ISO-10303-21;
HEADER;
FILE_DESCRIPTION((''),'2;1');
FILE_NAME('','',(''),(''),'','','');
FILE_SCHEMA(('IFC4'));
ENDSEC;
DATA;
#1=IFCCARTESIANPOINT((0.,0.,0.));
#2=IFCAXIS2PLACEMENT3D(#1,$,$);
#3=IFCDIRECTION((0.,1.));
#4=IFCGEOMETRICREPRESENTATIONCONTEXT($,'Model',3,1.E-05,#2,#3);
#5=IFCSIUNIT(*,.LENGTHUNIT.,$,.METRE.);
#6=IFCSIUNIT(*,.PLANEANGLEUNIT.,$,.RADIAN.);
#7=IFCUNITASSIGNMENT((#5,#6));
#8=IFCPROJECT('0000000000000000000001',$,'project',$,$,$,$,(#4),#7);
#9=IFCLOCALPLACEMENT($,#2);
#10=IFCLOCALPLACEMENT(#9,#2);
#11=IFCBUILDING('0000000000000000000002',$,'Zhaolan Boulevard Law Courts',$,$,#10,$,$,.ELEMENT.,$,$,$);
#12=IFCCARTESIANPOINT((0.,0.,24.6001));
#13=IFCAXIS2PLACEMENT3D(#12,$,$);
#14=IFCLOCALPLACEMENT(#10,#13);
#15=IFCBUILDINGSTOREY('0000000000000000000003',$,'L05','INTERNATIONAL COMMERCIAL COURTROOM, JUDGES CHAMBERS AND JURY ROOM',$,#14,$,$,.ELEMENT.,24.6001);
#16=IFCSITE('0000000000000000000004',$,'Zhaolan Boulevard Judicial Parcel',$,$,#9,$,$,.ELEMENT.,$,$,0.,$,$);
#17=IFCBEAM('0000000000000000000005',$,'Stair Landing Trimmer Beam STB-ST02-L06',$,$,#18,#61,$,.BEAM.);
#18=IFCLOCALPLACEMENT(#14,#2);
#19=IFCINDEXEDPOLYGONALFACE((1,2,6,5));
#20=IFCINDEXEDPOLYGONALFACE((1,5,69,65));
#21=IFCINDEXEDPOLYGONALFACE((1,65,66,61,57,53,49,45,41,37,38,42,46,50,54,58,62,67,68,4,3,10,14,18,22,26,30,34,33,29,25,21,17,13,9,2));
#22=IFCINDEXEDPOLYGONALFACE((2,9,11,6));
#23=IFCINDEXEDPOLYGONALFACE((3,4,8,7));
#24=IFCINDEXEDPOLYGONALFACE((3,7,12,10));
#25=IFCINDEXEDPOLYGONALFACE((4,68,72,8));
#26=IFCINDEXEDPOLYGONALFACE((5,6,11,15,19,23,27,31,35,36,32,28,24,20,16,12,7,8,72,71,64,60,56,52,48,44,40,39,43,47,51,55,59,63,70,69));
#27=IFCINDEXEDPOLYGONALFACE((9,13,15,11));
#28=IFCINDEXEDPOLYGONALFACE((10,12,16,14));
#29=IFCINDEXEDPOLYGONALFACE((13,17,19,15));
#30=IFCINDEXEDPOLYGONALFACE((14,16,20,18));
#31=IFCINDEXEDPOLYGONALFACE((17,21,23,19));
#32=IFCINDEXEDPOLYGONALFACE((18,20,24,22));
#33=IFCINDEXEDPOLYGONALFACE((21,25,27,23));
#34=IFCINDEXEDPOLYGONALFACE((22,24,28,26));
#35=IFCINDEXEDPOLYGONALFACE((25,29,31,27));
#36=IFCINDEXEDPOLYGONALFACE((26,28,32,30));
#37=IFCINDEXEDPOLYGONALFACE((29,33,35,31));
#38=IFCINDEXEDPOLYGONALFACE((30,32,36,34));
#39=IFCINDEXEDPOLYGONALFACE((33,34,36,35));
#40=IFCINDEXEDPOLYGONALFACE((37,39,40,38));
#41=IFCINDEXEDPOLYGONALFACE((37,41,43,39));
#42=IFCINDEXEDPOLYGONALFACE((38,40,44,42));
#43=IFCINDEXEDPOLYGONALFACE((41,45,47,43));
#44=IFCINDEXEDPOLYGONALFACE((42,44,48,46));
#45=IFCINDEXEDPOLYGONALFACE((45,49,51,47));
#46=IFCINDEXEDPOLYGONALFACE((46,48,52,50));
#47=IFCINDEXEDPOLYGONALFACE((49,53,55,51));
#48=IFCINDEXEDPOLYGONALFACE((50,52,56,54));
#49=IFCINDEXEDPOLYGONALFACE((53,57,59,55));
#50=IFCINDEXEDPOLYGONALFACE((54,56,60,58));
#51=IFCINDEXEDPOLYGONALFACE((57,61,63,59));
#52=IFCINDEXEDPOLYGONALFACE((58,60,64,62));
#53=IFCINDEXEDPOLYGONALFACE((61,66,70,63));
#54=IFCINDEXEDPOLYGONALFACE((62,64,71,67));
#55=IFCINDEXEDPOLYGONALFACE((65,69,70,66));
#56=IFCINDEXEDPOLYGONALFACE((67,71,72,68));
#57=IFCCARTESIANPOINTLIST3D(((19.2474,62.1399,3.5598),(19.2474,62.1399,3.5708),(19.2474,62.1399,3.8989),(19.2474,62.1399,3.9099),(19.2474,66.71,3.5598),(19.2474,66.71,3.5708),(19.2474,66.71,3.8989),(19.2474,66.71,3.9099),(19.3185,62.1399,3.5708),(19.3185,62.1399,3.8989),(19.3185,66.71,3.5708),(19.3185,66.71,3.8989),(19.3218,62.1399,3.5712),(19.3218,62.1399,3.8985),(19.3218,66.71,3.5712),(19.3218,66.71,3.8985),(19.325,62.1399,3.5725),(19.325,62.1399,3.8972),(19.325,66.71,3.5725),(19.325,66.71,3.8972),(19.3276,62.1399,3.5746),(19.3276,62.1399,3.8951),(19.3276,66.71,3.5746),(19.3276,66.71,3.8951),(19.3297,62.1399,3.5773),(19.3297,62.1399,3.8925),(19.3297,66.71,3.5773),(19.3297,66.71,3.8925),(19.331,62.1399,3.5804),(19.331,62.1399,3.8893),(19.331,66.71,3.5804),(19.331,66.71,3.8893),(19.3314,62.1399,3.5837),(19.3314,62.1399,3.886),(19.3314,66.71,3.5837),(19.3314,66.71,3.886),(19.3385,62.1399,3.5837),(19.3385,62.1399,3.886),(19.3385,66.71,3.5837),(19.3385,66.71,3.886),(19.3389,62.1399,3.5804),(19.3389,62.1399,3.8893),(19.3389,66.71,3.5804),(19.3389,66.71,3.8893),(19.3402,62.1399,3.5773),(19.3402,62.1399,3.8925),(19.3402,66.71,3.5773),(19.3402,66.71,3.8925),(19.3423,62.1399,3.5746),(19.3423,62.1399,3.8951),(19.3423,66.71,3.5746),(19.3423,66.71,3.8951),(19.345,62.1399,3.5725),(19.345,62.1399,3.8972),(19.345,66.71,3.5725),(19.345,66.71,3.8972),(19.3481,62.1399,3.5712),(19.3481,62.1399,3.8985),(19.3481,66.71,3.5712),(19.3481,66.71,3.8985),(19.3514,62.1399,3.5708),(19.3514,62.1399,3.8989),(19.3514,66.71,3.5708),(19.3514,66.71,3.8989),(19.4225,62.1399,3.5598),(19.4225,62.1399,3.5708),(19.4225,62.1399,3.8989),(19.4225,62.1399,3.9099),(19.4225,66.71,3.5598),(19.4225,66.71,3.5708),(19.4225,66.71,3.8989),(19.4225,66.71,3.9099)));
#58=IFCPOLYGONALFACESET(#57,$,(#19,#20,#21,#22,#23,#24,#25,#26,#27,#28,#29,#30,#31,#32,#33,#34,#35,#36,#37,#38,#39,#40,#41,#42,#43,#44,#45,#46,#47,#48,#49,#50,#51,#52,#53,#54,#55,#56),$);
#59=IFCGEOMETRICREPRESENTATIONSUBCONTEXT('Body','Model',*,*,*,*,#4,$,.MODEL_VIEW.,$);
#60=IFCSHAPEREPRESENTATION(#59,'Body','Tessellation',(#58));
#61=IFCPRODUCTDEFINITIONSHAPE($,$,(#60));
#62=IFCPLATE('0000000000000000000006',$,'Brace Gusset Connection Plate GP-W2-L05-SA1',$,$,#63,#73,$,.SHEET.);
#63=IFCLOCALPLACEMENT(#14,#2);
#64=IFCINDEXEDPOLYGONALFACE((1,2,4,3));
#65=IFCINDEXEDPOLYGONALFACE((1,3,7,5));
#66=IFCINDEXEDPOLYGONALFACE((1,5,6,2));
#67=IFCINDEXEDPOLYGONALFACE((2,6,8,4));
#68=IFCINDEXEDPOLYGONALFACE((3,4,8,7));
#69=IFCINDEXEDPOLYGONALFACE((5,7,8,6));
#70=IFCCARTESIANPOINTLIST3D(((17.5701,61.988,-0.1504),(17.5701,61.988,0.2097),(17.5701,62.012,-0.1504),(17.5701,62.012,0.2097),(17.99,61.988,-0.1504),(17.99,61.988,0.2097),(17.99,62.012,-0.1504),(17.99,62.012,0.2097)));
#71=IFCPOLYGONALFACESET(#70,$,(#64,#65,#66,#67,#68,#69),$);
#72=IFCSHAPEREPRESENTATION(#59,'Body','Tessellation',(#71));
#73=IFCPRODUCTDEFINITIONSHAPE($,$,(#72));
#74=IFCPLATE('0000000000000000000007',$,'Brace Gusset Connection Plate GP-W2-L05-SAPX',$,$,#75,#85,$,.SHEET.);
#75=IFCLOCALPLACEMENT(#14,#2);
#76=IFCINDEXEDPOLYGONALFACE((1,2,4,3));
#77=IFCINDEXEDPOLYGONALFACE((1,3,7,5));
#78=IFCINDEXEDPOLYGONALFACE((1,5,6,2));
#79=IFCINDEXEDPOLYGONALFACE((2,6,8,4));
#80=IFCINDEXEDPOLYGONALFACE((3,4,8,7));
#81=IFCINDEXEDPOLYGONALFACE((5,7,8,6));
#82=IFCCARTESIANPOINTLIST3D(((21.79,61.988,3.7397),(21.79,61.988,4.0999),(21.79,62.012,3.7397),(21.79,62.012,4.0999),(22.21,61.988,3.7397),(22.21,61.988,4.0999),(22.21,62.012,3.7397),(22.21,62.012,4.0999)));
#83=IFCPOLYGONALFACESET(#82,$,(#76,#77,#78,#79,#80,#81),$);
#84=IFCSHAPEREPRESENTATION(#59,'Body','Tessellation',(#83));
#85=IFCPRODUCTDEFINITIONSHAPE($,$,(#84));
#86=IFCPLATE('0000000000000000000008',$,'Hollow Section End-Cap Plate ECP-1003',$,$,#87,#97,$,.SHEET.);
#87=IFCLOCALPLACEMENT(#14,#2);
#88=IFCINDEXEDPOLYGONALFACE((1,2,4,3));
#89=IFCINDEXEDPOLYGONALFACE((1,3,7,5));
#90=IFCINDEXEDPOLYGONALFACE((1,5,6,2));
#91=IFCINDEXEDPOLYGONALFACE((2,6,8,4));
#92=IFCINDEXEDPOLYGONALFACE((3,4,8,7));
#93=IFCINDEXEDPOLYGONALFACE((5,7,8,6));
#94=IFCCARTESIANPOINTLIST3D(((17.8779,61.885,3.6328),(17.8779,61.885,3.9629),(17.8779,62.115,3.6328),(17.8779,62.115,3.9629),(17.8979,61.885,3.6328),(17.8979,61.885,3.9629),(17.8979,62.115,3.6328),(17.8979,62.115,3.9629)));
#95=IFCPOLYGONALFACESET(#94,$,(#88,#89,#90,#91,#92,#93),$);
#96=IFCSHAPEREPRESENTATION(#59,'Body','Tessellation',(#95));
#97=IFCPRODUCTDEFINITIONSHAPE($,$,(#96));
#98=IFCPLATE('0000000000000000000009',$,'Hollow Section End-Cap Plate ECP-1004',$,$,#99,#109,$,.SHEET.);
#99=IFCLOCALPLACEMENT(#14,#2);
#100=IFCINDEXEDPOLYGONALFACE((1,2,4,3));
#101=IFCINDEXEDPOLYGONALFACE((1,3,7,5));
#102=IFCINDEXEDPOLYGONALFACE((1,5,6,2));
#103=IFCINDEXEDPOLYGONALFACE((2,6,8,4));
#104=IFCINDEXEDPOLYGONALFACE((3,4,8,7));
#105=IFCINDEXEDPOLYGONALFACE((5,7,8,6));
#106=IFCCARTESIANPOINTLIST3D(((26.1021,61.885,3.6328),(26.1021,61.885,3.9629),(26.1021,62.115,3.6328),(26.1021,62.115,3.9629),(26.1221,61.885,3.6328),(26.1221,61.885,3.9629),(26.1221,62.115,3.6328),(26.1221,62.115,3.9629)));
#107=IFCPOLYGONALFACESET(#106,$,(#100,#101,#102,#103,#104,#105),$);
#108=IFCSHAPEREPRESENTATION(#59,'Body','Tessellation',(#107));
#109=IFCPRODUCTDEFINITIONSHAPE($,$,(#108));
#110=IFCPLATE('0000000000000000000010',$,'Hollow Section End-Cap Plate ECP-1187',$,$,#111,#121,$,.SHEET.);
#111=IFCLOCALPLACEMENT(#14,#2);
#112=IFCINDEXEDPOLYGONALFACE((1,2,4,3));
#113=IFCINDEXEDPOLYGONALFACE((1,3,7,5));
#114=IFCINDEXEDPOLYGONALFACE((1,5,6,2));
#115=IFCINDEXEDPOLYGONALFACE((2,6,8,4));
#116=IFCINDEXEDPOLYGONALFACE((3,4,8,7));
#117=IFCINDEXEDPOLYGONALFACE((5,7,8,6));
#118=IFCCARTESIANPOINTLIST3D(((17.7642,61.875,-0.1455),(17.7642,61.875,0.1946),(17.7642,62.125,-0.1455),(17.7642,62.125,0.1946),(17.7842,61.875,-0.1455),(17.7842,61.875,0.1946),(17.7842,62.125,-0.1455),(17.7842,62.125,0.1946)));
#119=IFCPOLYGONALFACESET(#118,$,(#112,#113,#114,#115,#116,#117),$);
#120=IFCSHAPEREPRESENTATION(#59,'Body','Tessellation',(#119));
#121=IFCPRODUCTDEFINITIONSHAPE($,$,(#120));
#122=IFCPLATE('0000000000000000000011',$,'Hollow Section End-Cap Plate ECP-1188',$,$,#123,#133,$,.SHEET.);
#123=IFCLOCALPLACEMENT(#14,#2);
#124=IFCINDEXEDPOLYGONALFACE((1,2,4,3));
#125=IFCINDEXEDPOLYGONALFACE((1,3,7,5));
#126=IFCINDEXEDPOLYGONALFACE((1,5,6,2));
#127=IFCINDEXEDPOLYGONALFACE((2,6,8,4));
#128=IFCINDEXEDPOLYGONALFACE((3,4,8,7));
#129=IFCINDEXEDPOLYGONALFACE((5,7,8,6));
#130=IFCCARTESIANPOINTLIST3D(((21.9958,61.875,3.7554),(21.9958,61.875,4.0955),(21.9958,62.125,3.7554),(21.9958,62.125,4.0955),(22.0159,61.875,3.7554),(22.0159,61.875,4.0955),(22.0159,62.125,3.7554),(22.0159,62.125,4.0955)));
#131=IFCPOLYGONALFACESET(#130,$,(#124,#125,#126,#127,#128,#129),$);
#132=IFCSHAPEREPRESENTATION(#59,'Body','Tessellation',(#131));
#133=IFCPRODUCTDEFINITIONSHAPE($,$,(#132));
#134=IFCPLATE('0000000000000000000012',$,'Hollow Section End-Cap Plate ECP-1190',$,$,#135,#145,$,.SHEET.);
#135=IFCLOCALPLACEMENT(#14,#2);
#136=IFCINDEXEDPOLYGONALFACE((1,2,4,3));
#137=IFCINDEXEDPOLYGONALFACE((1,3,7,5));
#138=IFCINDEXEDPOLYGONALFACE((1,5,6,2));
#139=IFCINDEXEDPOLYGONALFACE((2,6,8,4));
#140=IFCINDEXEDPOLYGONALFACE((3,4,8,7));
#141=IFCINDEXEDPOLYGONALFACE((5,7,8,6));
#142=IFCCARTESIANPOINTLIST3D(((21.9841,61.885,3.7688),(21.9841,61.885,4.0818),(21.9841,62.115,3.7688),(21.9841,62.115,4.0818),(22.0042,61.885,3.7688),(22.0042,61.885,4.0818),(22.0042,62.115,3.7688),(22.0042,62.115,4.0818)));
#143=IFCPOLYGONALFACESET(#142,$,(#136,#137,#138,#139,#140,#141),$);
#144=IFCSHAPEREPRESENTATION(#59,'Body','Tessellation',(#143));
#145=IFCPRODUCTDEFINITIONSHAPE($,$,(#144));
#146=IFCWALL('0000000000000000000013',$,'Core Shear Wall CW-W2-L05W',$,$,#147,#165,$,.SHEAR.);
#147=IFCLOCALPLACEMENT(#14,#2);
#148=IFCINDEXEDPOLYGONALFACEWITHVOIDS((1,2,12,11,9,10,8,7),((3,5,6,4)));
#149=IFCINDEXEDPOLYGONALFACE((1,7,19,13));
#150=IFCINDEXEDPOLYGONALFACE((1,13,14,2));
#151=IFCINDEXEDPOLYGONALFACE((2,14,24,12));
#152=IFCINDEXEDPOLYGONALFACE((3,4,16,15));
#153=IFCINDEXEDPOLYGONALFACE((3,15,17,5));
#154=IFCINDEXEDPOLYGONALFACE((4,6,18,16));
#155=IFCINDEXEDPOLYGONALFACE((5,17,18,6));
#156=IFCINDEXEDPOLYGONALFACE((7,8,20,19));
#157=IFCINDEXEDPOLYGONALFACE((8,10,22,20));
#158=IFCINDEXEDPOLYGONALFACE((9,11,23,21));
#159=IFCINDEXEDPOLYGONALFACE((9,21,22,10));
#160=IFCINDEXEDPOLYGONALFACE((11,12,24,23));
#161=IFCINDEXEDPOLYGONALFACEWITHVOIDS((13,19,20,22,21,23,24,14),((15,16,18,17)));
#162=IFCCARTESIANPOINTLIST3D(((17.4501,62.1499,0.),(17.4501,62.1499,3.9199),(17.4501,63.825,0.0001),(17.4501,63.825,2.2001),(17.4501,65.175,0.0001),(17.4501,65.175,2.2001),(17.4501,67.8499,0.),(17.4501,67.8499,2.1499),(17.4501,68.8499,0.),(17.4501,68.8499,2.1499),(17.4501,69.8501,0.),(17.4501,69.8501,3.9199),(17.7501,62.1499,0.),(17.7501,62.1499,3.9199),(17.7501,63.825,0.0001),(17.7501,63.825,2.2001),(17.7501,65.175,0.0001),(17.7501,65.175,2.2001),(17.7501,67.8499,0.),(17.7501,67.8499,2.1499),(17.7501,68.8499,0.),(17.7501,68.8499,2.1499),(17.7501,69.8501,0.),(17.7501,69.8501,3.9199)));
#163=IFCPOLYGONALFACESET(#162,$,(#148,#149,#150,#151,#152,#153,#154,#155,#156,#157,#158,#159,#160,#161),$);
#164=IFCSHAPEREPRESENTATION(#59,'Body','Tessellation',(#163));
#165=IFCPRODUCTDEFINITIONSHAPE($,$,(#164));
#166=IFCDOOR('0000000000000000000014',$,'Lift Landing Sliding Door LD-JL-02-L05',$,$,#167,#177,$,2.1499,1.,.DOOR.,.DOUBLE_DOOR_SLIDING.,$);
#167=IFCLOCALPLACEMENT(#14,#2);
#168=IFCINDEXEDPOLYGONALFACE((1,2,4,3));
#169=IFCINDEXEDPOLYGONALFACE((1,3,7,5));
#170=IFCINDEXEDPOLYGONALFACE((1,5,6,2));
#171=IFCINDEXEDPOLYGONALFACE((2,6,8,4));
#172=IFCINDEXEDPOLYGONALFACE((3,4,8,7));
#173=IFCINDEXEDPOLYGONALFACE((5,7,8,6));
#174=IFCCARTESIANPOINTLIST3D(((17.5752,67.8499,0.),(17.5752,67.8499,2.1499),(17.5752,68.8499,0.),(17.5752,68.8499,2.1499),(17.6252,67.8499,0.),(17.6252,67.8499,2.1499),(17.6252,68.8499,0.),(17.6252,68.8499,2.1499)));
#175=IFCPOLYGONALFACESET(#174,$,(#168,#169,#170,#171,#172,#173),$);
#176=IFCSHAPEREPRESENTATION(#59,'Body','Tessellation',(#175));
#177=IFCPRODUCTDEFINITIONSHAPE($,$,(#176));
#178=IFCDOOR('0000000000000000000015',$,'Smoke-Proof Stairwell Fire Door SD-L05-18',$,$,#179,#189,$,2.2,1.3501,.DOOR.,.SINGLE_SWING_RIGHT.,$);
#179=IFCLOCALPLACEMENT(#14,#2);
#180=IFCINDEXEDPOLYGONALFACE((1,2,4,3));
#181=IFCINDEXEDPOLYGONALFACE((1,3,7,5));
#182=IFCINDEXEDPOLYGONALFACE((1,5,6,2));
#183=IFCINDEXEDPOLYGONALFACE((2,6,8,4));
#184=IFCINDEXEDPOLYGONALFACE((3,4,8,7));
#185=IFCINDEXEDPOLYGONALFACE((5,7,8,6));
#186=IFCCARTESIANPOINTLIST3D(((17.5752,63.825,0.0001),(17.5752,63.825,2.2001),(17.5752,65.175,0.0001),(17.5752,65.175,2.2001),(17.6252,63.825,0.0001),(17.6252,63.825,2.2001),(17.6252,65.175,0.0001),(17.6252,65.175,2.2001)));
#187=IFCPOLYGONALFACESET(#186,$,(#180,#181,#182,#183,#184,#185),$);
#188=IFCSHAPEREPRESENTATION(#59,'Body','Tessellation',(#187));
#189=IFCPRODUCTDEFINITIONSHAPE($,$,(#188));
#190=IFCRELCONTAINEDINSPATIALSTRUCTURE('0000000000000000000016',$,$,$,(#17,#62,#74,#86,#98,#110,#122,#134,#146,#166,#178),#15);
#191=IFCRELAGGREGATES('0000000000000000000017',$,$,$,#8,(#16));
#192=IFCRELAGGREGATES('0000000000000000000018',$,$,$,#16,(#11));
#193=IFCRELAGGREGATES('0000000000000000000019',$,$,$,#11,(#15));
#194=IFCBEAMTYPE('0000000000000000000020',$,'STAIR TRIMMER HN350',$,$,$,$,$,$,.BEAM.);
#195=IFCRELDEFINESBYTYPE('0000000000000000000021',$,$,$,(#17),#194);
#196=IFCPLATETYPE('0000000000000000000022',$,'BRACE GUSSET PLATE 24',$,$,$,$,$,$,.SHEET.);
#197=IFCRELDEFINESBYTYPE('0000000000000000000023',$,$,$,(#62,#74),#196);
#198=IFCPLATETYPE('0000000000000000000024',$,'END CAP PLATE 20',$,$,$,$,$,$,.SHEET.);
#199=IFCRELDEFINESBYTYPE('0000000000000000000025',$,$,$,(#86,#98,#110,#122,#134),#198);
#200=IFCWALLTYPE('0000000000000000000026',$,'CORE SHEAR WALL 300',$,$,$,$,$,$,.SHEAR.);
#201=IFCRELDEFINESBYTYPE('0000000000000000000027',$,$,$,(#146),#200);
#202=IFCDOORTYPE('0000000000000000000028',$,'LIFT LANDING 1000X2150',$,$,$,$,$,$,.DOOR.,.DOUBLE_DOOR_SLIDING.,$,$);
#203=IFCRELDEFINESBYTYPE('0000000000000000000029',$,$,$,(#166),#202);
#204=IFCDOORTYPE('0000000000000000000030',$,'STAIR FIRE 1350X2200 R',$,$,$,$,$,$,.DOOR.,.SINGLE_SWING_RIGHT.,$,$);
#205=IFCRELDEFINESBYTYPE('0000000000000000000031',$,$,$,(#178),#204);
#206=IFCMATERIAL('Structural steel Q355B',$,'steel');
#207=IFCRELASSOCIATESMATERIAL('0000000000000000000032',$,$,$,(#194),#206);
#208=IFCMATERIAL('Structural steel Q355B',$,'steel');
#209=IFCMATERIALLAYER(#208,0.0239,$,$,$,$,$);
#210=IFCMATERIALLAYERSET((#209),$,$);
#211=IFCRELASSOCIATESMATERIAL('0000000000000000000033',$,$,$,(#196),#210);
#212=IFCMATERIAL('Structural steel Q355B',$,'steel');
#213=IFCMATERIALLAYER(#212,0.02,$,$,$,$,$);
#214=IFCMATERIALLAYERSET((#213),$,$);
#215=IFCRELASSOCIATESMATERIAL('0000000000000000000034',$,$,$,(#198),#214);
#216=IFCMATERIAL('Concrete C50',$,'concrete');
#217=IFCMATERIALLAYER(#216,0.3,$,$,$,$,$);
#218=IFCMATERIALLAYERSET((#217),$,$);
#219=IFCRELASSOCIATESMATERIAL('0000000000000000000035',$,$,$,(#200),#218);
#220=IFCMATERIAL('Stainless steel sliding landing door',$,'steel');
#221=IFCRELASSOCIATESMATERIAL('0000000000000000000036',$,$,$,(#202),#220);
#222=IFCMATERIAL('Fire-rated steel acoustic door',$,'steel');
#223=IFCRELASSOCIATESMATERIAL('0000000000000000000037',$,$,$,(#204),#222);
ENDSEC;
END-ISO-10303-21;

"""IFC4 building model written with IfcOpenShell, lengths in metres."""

from ifc_helpers import new_model, si_unit, direction, frame, frame_2d, origin, origin_2d, place, context, subcontext, project, spatial, rectangle, i_section, extrude, material, layer, layer_set, material_profile, profile_set, type_object, element, fill, save


model = new_model("IFC4")

# Units and contexts
model_context = context("Model", 3, precision=1e-05, world=origin(), true_north=direction((0.0, 1.0)))
body_context = subcontext(model_context, "Body", "Model", "MODEL_VIEW")
ifc_project = project(units=[si_unit("LENGTHUNIT", "METRE"), si_unit("PLANEANGLEUNIT", "RADIAN")], contexts=[model_context])

# Site, building, storey
site_placement = place(None, origin())
site = spatial("IfcSite", under=ifc_project, at=site_placement, Name="Zhaolan Boulevard Judicial Parcel", CompositionType="ELEMENT", RefElevation=0.0)
building_placement = place(site_placement, origin())
building = spatial("IfcBuilding", under=site, at=building_placement, Name="Zhaolan Boulevard Law Courts", CompositionType="ELEMENT")
storey_placement = place(building_placement, frame((0.0, 0.0, 24.6001)))
storey = spatial("IfcBuildingStorey", under=building, at=storey_placement, Name="L05", Description="INTERNATIONAL COMMERCIAL COURTROOM, JUDGES CHAMBERS AND JURY ROOM", CompositionType="ELEMENT", Elevation=24.6001)

# Beam
ifc_material_1 = material(Name="Structural steel Q355B", Category="steel")
ifc_material_profile_1 = material_profile(ifc_material_1, i_section(OverallWidth=0.175, OverallDepth=0.3501, WebThickness=0.0071, FlangeThickness=0.011, FilletRadius=0.0129, at=origin_2d()), Name="HN350x175")
ifc_profile_set_1 = profile_set([ifc_material_profile_1], Name="Structural steel Q355B")
beam_type_1 = type_object("IfcBeamType", Name="STAIR TRIMMER HN350", PredefinedType="BEAM", material=ifc_profile_set_1)
beam_1_placement = place(storey_placement, frame((19.335, 62.1399, 3.7349), z_axis=(0.0, 1.0, 0.0), x_axis=(-1.0, 0.0, 0.0)))
element("IfcBeam", 1, at=beam_1_placement, inside=storey, type_object=beam_type_1, Name="Stair Landing Trimmer Beam STB-ST02-L06", PredefinedType="BEAM", context=body_context, shape_type="SweptSolid", body=[
    extrude(i_section(OverallWidth=0.175, OverallDepth=0.3501, WebThickness=0.0071, FlangeThickness=0.011, FilletRadius=0.0129, at=origin_2d()), origin(), (0.0, 0.0, 1.0), 4.5701),
])

# Plates
ifc_material_2 = material(Name="Structural steel Q355B", Category="steel")
ifc_layer_1 = layer(ifc_material_2, 0.0239)
ifc_layer_set_1 = layer_set([ifc_layer_1])
plate_type_1 = type_object("IfcPlateType", Name="BRACE GUSSET PLATE 24", PredefinedType="SHEET", material=ifc_layer_set_1)
for number, where, z_axis, x_axis, name in (
    (2, (17.78, 62.0, -0.1504), (0.0, 0.0, 1.0), (1.0, 0.0, 0.0), "Brace Gusset Connection Plate GP-W2-L05-SA1"),
    (3, (22.0, 62.0, 3.7397), (0.0, 0.0, 1.0), (1.0, 0.0, 0.0), "Brace Gusset Connection Plate GP-W2-L05-SAPX"),
):
    element("IfcPlate", number, at=place(storey_placement, frame(where, z_axis=z_axis, x_axis=x_axis)), inside=storey, type_object=plate_type_1, Name=name, PredefinedType="SHEET", context=body_context, shape_type="SweptSolid", body=[
        extrude(rectangle(XDim=0.4199, YDim=0.0239, at=origin_2d()), origin(), (0.0, 0.0, 1.0), 0.3601),
    ])
ifc_material_3 = material(Name="Structural steel Q355B", Category="steel")
ifc_layer_2 = layer(ifc_material_3, 0.02)
ifc_layer_set_2 = layer_set([ifc_layer_2])
plate_type_2 = type_object("IfcPlateType", Name="END CAP PLATE 20", PredefinedType="SHEET", material=ifc_layer_set_2)
for number, where, z_axis, x_axis, name in (
    (4, (17.8879, 62.0, 3.6328), (0.0, 0.0, 1.0), (1.0, 0.0, 0.0), "Hollow Section End-Cap Plate ECP-1003"),
    (5, (26.1121, 62.0, 3.6328), (0.0, 0.0, 1.0), (1.0, 0.0, 0.0), "Hollow Section End-Cap Plate ECP-1004"),
):
    element("IfcPlate", number, at=place(storey_placement, frame(where, z_axis=z_axis, x_axis=x_axis)), inside=storey, type_object=plate_type_2, Name=name, PredefinedType="SHEET", context=body_context, shape_type="SweptSolid", body=[
        extrude(rectangle(XDim=0.02, YDim=0.23, at=origin_2d()), origin(), (0.0, 0.0, 1.0), 0.3301),
    ])
for number, where, z_axis, x_axis, name in (
    (6, (17.7742, 62.0, -0.1455), (0.0, 0.0, 1.0), (1.0, 0.0, 0.0), "Hollow Section End-Cap Plate ECP-1187"),
    (7, (22.0059, 62.0, 3.7554), (0.0, 0.0, 1.0), (1.0, 0.0, 0.0), "Hollow Section End-Cap Plate ECP-1188"),
):
    element("IfcPlate", number, at=place(storey_placement, frame(where, z_axis=z_axis, x_axis=x_axis)), inside=storey, type_object=plate_type_2, Name=name, PredefinedType="SHEET", context=body_context, shape_type="SweptSolid", body=[
        extrude(rectangle(XDim=0.02, YDim=0.25, at=origin_2d()), origin(), (0.0, 0.0, 1.0), 0.3401),
    ])
plate_placement = place(storey_placement, frame((21.9941, 62.0, 3.7688), z_axis=(0.0, 0.0, 1.0), x_axis=(-1.0, 0.0, 0.0)))
element("IfcPlate", 8, at=plate_placement, inside=storey, type_object=plate_type_2, Name="Hollow Section End-Cap Plate ECP-1190", PredefinedType="SHEET", context=body_context, shape_type="SweptSolid", body=[
    extrude(rectangle(XDim=0.02, YDim=0.23, at=origin_2d()), origin(), (0.0, 0.0, 1.0), 0.313),
])

# Wall, openings, doors
ifc_material_4 = material(Name="Concrete C50", Category="concrete")
ifc_layer_3 = layer(ifc_material_4, 0.3)
ifc_layer_set_3 = layer_set([ifc_layer_3])
wall_type_1 = type_object("IfcWallType", Name="CORE SHEAR WALL 300", PredefinedType="SHEAR", material=ifc_layer_set_3)
wall_1_placement = place(storey_placement, frame((17.6001, 62.1499, 0.0), z_axis=(0.0, 0.0, 1.0), x_axis=(0.0, 1.0, 0.0)))
wall_1 = element("IfcWall", 9, at=wall_1_placement, inside=storey, type_object=wall_type_1, Name="Core Shear Wall CW-W2-L05W", PredefinedType="SHEAR", context=body_context, shape_type="SweptSolid", body=[
    extrude(rectangle(XDim=7.7002, YDim=0.3, at=frame_2d((3.8501, 0.0))), origin(), (0.0, 0.0, 1.0), 3.9199),
])
opening_1_placement = place(wall_1_placement, frame((1.675, 0.0, 0.0)))
opening_1 = element("IfcOpeningElement", 10, at=opening_1_placement, cuts=wall_1, PredefinedType="OPENING", context=body_context, shape_type="SweptSolid", body=[
    extrude(rectangle(XDim=1.3501, YDim=2.2, at=frame_2d((0.675, 1.1001))), frame((0.0, 0.1599, 0.0), z_axis=(0.0, -1.0, 0.0), x_axis=(1.0, 0.0, 0.0)), (0.0, 0.0, 1.0), 0.3201),
])
opening_2_placement = place(wall_1_placement, frame((5.7, 0.0, 0.0)))
opening_2 = element("IfcOpeningElement", 11, at=opening_2_placement, cuts=wall_1, PredefinedType="OPENING", context=body_context, shape_type="SweptSolid", body=[
    extrude(rectangle(XDim=1.0, YDim=2.1499, at=frame_2d((0.5, 1.075))), frame((0.0, 0.1599, 0.0), z_axis=(0.0, -1.0, 0.0), x_axis=(1.0, 0.0, 0.0)), (0.0, 0.0, 1.0), 0.3201),
])
ifc_material_5 = material(Name="Stainless steel sliding landing door", Category="steel")
door_type_1 = type_object("IfcDoorType", Name="LIFT LANDING 1000X2150", OperationType="DOUBLE_DOOR_SLIDING", PredefinedType="DOOR", material=ifc_material_5)
door_1_placement = place(opening_2_placement, origin())
door_1 = element("IfcDoor", 12, at=door_1_placement, inside=storey, type_object=door_type_1, Name="Lift Landing Sliding Door LD-JL-02-L05", OperationType="DOUBLE_DOOR_SLIDING", OverallHeight=2.1499, OverallWidth=1.0, PredefinedType="DOOR", context=body_context, shape_type="SweptSolid", body=[
    extrude(rectangle(XDim=1.0, YDim=2.1499, at=frame_2d((0.5, 1.075))), frame((0.0, 0.0249, 0.0), z_axis=(0.0, -1.0, 0.0), x_axis=(1.0, 0.0, 0.0)), (0.0, 0.0, 1.0), 0.05),
])
fill(opening_2, door_1)
ifc_material_6 = material(Name="Fire-rated steel acoustic door", Category="steel")
door_type_2 = type_object("IfcDoorType", Name="STAIR FIRE 1350X2200 R", OperationType="SINGLE_SWING_RIGHT", PredefinedType="DOOR", material=ifc_material_6)
door_2_placement = place(opening_1_placement, origin())
door_2 = element("IfcDoor", 13, at=door_2_placement, inside=storey, type_object=door_type_2, Name="Smoke-Proof Stairwell Fire Door SD-L05-18", OperationType="SINGLE_SWING_RIGHT", OverallHeight=2.2, OverallWidth=1.3501, PredefinedType="DOOR", context=body_context, shape_type="SweptSolid", body=[
    extrude(rectangle(XDim=1.3501, YDim=2.2, at=frame_2d((0.675, 1.1001))), frame((0.0, 0.0249, 0.0), z_axis=(0.0, -1.0, 0.0), x_axis=(1.0, 0.0, 0.0)), (0.0, 0.0, 1.0), 0.05),
])
fill(opening_1, door_2)

save(model, "model.ifc")
